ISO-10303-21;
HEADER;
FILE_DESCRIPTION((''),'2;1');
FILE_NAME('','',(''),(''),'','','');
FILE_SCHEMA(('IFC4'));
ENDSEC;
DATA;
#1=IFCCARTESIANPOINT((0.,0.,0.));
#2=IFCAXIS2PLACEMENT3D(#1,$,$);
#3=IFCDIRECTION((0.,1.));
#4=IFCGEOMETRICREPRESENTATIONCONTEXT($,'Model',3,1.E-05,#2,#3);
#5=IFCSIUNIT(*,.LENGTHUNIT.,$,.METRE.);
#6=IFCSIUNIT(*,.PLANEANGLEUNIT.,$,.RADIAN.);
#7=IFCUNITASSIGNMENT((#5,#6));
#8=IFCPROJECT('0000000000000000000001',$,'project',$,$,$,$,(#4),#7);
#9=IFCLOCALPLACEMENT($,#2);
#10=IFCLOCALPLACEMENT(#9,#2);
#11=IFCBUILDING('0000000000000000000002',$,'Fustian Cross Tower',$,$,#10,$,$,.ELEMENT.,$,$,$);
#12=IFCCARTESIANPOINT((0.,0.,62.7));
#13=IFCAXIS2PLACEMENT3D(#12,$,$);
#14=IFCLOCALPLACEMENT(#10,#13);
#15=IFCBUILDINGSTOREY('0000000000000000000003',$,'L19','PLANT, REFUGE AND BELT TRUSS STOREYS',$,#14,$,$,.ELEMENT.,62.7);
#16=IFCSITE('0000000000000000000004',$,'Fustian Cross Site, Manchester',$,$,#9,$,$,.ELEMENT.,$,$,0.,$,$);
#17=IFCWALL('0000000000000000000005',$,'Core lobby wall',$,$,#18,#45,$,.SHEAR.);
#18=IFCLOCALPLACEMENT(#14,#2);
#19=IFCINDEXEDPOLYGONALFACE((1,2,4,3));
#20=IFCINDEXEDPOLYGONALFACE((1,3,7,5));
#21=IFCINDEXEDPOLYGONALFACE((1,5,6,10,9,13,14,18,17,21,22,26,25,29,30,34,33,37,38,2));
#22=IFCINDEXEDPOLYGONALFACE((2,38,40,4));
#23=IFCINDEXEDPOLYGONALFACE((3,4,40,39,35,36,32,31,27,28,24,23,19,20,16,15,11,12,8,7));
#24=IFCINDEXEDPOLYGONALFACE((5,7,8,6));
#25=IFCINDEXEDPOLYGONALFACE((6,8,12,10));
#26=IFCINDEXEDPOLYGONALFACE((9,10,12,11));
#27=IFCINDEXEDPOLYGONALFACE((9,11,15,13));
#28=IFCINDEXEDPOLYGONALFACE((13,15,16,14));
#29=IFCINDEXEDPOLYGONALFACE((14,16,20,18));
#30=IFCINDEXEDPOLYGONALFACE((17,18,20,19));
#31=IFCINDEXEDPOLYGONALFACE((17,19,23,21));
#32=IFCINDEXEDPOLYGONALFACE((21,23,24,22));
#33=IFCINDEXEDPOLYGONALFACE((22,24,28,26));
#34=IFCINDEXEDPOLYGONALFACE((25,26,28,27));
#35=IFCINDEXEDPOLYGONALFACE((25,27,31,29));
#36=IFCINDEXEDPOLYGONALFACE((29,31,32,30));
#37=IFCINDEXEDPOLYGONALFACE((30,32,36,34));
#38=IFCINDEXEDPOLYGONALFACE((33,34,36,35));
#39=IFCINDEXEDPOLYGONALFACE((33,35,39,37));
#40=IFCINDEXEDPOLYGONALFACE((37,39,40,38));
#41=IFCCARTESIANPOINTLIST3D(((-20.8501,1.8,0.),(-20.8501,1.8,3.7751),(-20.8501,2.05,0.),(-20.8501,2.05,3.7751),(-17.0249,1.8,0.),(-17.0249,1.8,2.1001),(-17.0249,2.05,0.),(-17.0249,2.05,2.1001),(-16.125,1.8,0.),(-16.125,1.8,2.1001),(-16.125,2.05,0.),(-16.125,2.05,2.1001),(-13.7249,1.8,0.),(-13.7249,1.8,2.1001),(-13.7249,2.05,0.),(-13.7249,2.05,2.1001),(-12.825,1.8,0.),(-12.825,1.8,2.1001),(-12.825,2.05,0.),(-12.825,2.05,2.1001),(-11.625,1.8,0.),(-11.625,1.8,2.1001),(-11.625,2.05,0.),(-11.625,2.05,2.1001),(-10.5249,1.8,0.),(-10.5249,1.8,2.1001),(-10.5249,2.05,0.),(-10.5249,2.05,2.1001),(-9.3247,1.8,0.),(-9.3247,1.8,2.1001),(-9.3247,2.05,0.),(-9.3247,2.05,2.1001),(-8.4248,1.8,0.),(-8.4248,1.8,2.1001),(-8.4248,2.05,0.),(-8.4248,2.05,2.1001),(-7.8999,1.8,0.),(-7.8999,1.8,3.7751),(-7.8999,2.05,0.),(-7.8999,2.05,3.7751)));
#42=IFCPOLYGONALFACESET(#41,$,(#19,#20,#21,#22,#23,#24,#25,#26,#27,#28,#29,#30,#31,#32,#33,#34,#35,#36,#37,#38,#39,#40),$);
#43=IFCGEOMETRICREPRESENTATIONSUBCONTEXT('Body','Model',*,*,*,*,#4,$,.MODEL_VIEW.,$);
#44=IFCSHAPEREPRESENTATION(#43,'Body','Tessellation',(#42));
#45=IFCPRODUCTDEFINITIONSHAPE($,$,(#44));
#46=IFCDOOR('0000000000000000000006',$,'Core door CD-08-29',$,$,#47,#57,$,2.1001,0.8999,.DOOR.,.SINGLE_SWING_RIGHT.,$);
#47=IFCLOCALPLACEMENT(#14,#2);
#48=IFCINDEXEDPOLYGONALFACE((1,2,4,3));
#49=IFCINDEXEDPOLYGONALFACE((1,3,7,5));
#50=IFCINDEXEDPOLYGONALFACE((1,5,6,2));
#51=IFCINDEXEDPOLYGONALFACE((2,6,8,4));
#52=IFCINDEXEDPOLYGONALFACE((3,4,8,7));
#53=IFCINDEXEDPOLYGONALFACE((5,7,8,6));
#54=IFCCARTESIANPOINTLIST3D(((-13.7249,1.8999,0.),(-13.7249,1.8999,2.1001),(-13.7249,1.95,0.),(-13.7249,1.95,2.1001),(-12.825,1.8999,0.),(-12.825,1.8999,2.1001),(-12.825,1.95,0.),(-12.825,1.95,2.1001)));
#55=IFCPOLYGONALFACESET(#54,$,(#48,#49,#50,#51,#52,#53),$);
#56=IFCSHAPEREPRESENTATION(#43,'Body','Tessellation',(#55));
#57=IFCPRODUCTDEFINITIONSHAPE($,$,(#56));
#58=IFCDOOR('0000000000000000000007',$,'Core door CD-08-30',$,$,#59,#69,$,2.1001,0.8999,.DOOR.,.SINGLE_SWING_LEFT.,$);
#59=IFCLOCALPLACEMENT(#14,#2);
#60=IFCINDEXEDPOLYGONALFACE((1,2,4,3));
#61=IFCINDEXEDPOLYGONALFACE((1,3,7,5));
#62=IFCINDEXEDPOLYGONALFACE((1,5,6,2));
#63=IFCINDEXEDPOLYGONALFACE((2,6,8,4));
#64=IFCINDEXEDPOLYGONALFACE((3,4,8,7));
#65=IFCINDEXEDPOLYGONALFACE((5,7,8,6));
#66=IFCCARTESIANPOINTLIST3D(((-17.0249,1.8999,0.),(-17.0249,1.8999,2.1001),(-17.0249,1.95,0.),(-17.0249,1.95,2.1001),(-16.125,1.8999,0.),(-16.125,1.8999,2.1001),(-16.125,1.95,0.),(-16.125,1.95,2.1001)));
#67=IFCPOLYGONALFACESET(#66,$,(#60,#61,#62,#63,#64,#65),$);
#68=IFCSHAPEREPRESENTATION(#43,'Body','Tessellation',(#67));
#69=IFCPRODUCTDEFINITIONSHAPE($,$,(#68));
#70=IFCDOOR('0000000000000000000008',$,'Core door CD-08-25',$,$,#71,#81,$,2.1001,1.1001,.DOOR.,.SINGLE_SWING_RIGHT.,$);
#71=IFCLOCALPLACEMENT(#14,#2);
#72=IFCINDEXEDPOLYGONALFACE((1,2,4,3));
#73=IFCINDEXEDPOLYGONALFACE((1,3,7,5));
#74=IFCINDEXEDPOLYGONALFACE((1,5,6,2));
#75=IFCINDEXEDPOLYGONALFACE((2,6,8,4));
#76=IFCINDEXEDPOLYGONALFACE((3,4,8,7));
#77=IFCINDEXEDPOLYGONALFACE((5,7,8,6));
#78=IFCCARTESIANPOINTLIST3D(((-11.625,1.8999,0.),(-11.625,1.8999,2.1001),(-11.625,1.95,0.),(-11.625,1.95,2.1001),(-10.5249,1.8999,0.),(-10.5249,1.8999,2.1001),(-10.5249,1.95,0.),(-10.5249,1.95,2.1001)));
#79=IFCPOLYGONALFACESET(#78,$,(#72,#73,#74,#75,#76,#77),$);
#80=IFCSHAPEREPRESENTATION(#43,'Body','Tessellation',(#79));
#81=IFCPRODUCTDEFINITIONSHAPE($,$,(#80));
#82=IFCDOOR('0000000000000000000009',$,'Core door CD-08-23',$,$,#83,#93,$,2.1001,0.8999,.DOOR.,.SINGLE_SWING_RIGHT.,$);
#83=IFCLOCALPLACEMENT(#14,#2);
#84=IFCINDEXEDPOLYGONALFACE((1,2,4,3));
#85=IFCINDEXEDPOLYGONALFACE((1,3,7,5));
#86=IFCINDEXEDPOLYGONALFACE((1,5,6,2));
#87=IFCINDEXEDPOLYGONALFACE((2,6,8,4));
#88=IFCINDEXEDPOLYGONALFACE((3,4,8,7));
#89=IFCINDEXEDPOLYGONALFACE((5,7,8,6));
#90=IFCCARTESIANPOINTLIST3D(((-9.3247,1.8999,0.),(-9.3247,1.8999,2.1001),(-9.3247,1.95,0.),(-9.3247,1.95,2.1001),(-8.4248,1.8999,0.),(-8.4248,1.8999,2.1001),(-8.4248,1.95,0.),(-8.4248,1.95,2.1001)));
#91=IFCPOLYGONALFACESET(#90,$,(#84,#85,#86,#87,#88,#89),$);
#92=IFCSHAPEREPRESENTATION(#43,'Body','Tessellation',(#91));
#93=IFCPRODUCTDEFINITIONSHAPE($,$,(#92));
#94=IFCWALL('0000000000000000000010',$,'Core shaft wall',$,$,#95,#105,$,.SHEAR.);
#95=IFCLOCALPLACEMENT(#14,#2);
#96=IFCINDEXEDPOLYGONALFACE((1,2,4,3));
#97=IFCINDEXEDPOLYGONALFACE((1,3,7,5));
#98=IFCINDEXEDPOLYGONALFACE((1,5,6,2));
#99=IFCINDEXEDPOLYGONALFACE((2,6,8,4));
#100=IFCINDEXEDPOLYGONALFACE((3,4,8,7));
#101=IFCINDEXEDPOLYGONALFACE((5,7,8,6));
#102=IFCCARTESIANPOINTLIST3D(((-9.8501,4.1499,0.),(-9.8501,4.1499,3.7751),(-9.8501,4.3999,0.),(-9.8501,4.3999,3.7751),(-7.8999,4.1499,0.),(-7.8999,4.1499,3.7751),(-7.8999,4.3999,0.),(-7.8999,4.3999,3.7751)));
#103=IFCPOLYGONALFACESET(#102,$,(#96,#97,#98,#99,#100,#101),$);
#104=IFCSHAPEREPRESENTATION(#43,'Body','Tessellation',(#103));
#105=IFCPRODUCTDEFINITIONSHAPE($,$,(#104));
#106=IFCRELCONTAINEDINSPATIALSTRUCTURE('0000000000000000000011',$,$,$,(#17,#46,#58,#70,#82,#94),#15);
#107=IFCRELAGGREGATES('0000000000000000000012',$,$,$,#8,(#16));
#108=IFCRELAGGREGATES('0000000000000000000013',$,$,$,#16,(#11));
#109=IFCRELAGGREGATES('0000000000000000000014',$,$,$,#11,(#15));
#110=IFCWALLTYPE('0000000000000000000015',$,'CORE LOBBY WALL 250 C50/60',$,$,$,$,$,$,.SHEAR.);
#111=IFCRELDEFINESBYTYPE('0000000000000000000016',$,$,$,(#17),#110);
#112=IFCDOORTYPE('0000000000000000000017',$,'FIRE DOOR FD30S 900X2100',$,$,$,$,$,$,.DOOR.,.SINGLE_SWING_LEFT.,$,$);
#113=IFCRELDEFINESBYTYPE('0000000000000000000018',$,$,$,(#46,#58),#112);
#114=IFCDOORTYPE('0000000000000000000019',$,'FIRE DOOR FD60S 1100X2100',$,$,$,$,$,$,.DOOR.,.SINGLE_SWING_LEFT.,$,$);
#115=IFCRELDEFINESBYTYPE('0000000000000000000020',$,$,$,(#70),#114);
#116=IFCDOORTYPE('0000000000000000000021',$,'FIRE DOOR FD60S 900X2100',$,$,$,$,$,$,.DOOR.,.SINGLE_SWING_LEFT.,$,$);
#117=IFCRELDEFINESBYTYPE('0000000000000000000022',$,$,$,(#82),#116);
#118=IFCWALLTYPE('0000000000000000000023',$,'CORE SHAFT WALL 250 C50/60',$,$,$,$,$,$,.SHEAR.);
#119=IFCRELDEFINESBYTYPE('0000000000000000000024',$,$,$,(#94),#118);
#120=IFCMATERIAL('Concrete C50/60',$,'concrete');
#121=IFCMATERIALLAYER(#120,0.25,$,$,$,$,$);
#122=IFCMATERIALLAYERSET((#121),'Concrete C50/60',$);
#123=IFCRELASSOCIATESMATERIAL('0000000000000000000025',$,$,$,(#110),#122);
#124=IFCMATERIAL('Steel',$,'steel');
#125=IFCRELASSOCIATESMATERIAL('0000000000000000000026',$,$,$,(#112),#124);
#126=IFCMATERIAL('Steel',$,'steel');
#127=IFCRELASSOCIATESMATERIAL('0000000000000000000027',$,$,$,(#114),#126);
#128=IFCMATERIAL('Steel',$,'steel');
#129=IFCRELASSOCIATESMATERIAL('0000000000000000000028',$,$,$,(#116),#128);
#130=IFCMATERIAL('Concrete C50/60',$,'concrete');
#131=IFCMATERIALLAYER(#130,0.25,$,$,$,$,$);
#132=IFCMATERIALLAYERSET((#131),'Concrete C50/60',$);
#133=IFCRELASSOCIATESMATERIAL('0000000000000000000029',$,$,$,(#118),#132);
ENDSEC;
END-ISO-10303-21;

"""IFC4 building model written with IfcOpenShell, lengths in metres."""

from ifc_helpers import new_model, si_unit, direction, frame, frame_2d, origin, place, context, subcontext, project, spatial, rectangle, extrude, material, layer, layer_set, type_object, element, fill, save


model = new_model("IFC4")

# Units and contexts
model_context = context("Model", 3, precision=1e-05, world=origin(), true_north=direction((0.0, 1.0)))
body_context = subcontext(model_context, "Body", "Model", "MODEL_VIEW")
ifc_project = project(units=[si_unit("LENGTHUNIT", "METRE"), si_unit("PLANEANGLEUNIT", "RADIAN")], contexts=[model_context])

# Site, building, storey
site_placement = place(None, origin())
site = spatial("IfcSite", under=ifc_project, at=site_placement, Name="Fustian Cross Site, Manchester", CompositionType="ELEMENT", RefElevation=0.0)
building_placement = place(site_placement, origin())
building = spatial("IfcBuilding", under=site, at=building_placement, Name="Fustian Cross Tower", CompositionType="ELEMENT")
storey_placement = place(building_placement, frame((0.0, 0.0, 62.7)))
storey = spatial("IfcBuildingStorey", under=building, at=storey_placement, Name="L19", Description="PLANT, REFUGE AND BELT TRUSS STOREYS", CompositionType="ELEMENT", Elevation=62.7)

# Wall, openings, doors
ifc_material_1 = material(Name="Concrete C50/60", Category="concrete")
ifc_layer_1 = layer(ifc_material_1, 0.25)
ifc_layer_set_1 = layer_set([ifc_layer_1], Name="Concrete C50/60")
wall_type_1 = type_object("IfcWallType", Name="CORE LOBBY WALL 250 C50/60", PredefinedType="SHEAR", material=ifc_layer_set_1)
wall_1_placement = place(storey_placement, frame((-7.8999, 1.925, 0.0), z_axis=(0.0, 0.0, 1.0), x_axis=(-1.0, 0.0, 0.0)))
wall_1 = element("IfcWall", 1, at=wall_1_placement, inside=storey, type_object=wall_type_1, Name="Core lobby wall", PredefinedType="SHEAR", context=body_context, shape_type="SweptSolid", body=[
    extrude(rectangle(XDim=12.9502, YDim=0.25, at=frame_2d((6.4751, 0.0))), origin(), (0.0, 0.0, 1.0), 3.7751),
])
opening_1_placement = place(wall_1_placement, frame((0.5249, 0.0, 0.0)))
opening_1 = element("IfcOpeningElement", 2, at=opening_1_placement, cuts=wall_1, PredefinedType="OPENING", context=body_context, shape_type="SweptSolid", body=[
    extrude(rectangle(XDim=0.8999, YDim=2.1001, at=frame_2d((0.45, 1.05))), frame((0.0, 0.135, 0.0), z_axis=(0.0, -1.0, 0.0), x_axis=(1.0, 0.0, 0.0)), (0.0, 0.0, 1.0), 0.27),
])
opening_2_placement = place(wall_1_placement, frame((2.625, 0.0, 0.0)))
opening_2 = element("IfcOpeningElement", 3, at=opening_2_placement, cuts=wall_1, PredefinedType="OPENING", context=body_context, shape_type="SweptSolid", body=[
    extrude(rectangle(XDim=1.1001, YDim=2.1001, at=frame_2d((0.55, 1.05))), frame((0.0, 0.135, 0.0), z_axis=(0.0, -1.0, 0.0), x_axis=(1.0, 0.0, 0.0)), (0.0, 0.0, 1.0), 0.27),
])
opening_3_placement = place(wall_1_placement, frame((4.925, 0.0, 0.0)))
opening_3 = element("IfcOpeningElement", 4, at=opening_3_placement, cuts=wall_1, PredefinedType="OPENING", context=body_context, shape_type="SweptSolid", body=[
    extrude(rectangle(XDim=0.8999, YDim=2.1001, at=frame_2d((0.45, 1.05))), frame((0.0, 0.135, 0.0), z_axis=(0.0, -1.0, 0.0), x_axis=(1.0, 0.0, 0.0)), (0.0, 0.0, 1.0), 0.27),
])
opening_4_placement = place(wall_1_placement, frame((8.2251, 0.0, 0.0)))
opening_4 = element("IfcOpeningElement", 5, at=opening_4_placement, cuts=wall_1, PredefinedType="OPENING", context=body_context, shape_type="SweptSolid", body=[
    extrude(rectangle(XDim=0.8999, YDim=2.1001, at=frame_2d((0.45, 1.05))), frame((0.0, 0.135, 0.0), z_axis=(0.0, -1.0, 0.0), x_axis=(1.0, 0.0, 0.0)), (0.0, 0.0, 1.0), 0.27),
])
ifc_material_2 = material(Name="Steel", Category="steel")
door_type_1 = type_object("IfcDoorType", Name="FIRE DOOR FD30S 900X2100", OperationType="SINGLE_SWING_LEFT", PredefinedType="DOOR", material=ifc_material_2)
door_1_placement = place(opening_3_placement, frame((0.8999, 0.0, 0.0), z_axis=(0.0, 0.0, 1.0), x_axis=(-1.0, 0.0, 0.0)))
door_1 = element("IfcDoor", 6, at=door_1_placement, inside=storey, type_object=door_type_1, Name="Core door CD-08-29", OperationType="SINGLE_SWING_RIGHT", OverallHeight=2.1001, OverallWidth=0.8999, PredefinedType="DOOR", context=body_context, shape_type="SweptSolid", body=[
    extrude(rectangle(XDim=0.8999, YDim=2.1001, at=frame_2d((0.45, 1.05))), frame((0.0, 0.0249, 0.0), z_axis=(0.0, -1.0, 0.0), x_axis=(1.0, 0.0, 0.0)), (0.0, 0.0, 1.0), 0.05),
])
fill(opening_3, door_1)
door_2_placement = place(opening_4_placement, frame((0.8999, 0.0, 0.0), z_axis=(0.0, 0.0, 1.0), x_axis=(-1.0, 0.0, 0.0)))
door_2 = element("IfcDoor", 7, at=door_2_placement, inside=storey, type_object=door_type_1, Name="Core door CD-08-30", OperationType="SINGLE_SWING_LEFT", OverallHeight=2.1001, OverallWidth=0.8999, PredefinedType="DOOR", context=body_context, shape_type="SweptSolid", body=[
    extrude(rectangle(XDim=0.8999, YDim=2.1001, at=frame_2d((0.45, 1.05))), frame((0.0, 0.0249, 0.0), z_axis=(0.0, -1.0, 0.0), x_axis=(1.0, 0.0, 0.0)), (0.0, 0.0, 1.0), 0.05),
])
fill(opening_4, door_2)
ifc_material_3 = material(Name="Steel", Category="steel")
door_type_2 = type_object("IfcDoorType", Name="FIRE DOOR FD60S 1100X2100", OperationType="SINGLE_SWING_LEFT", PredefinedType="DOOR", material=ifc_material_3)
door_3_placement = place(opening_2_placement, frame((1.1001, 0.0, 0.0), z_axis=(0.0, 0.0, 1.0), x_axis=(-1.0, 0.0, 0.0)))
door_3 = element("IfcDoor", 8, at=door_3_placement, inside=storey, type_object=door_type_2, Name="Core door CD-08-25", OperationType="SINGLE_SWING_RIGHT", OverallHeight=2.1001, OverallWidth=1.1001, PredefinedType="DOOR", context=body_context, shape_type="SweptSolid", body=[
    extrude(rectangle(XDim=1.1001, YDim=2.1001, at=frame_2d((0.55, 1.05))), frame((0.0, 0.0249, 0.0), z_axis=(0.0, -1.0, 0.0), x_axis=(1.0, 0.0, 0.0)), (0.0, 0.0, 1.0), 0.05),
])
fill(opening_2, door_3)
ifc_material_4 = material(Name="Steel", Category="steel")
door_type_3 = type_object("IfcDoorType", Name="FIRE DOOR FD60S 900X2100", OperationType="SINGLE_SWING_LEFT", PredefinedType="DOOR", material=ifc_material_4)
door_4_placement = place(opening_1_placement, frame((0.8999, 0.0, 0.0), z_axis=(0.0, 0.0, 1.0), x_axis=(-1.0, 0.0, 0.0)))
door_4 = element("IfcDoor", 9, at=door_4_placement, inside=storey, type_object=door_type_3, Name="Core door CD-08-23", OperationType="SINGLE_SWING_RIGHT", OverallHeight=2.1001, OverallWidth=0.8999, PredefinedType="DOOR", context=body_context, shape_type="SweptSolid", body=[
    extrude(rectangle(XDim=0.8999, YDim=2.1001, at=frame_2d((0.45, 1.05))), frame((0.0, 0.0249, 0.0), z_axis=(0.0, -1.0, 0.0), x_axis=(1.0, 0.0, 0.0)), (0.0, 0.0, 1.0), 0.05),
])
fill(opening_1, door_4)

# Wall
ifc_material_5 = material(Name="Concrete C50/60", Category="concrete")
ifc_layer_2 = layer(ifc_material_5, 0.25)
ifc_layer_set_2 = layer_set([ifc_layer_2], Name="Concrete C50/60")
wall_type_2 = type_object("IfcWallType", Name="CORE SHAFT WALL 250 C50/60", PredefinedType="SHEAR", material=ifc_layer_set_2)
wall_2_placement = place(storey_placement, frame((-7.8999, 4.2749, 0.0), z_axis=(0.0, 0.0, 1.0), x_axis=(-1.0, 0.0, 0.0)))
element("IfcWall", 10, at=wall_2_placement, inside=storey, type_object=wall_type_2, Name="Core shaft wall", PredefinedType="SHEAR", context=body_context, shape_type="SweptSolid", body=[
    extrude(rectangle(XDim=1.9502, YDim=0.25, at=frame_2d((0.9751, 0.0))), origin(), (0.0, 0.0, 1.0), 3.7751),
])

save(model, "model.ifc")
